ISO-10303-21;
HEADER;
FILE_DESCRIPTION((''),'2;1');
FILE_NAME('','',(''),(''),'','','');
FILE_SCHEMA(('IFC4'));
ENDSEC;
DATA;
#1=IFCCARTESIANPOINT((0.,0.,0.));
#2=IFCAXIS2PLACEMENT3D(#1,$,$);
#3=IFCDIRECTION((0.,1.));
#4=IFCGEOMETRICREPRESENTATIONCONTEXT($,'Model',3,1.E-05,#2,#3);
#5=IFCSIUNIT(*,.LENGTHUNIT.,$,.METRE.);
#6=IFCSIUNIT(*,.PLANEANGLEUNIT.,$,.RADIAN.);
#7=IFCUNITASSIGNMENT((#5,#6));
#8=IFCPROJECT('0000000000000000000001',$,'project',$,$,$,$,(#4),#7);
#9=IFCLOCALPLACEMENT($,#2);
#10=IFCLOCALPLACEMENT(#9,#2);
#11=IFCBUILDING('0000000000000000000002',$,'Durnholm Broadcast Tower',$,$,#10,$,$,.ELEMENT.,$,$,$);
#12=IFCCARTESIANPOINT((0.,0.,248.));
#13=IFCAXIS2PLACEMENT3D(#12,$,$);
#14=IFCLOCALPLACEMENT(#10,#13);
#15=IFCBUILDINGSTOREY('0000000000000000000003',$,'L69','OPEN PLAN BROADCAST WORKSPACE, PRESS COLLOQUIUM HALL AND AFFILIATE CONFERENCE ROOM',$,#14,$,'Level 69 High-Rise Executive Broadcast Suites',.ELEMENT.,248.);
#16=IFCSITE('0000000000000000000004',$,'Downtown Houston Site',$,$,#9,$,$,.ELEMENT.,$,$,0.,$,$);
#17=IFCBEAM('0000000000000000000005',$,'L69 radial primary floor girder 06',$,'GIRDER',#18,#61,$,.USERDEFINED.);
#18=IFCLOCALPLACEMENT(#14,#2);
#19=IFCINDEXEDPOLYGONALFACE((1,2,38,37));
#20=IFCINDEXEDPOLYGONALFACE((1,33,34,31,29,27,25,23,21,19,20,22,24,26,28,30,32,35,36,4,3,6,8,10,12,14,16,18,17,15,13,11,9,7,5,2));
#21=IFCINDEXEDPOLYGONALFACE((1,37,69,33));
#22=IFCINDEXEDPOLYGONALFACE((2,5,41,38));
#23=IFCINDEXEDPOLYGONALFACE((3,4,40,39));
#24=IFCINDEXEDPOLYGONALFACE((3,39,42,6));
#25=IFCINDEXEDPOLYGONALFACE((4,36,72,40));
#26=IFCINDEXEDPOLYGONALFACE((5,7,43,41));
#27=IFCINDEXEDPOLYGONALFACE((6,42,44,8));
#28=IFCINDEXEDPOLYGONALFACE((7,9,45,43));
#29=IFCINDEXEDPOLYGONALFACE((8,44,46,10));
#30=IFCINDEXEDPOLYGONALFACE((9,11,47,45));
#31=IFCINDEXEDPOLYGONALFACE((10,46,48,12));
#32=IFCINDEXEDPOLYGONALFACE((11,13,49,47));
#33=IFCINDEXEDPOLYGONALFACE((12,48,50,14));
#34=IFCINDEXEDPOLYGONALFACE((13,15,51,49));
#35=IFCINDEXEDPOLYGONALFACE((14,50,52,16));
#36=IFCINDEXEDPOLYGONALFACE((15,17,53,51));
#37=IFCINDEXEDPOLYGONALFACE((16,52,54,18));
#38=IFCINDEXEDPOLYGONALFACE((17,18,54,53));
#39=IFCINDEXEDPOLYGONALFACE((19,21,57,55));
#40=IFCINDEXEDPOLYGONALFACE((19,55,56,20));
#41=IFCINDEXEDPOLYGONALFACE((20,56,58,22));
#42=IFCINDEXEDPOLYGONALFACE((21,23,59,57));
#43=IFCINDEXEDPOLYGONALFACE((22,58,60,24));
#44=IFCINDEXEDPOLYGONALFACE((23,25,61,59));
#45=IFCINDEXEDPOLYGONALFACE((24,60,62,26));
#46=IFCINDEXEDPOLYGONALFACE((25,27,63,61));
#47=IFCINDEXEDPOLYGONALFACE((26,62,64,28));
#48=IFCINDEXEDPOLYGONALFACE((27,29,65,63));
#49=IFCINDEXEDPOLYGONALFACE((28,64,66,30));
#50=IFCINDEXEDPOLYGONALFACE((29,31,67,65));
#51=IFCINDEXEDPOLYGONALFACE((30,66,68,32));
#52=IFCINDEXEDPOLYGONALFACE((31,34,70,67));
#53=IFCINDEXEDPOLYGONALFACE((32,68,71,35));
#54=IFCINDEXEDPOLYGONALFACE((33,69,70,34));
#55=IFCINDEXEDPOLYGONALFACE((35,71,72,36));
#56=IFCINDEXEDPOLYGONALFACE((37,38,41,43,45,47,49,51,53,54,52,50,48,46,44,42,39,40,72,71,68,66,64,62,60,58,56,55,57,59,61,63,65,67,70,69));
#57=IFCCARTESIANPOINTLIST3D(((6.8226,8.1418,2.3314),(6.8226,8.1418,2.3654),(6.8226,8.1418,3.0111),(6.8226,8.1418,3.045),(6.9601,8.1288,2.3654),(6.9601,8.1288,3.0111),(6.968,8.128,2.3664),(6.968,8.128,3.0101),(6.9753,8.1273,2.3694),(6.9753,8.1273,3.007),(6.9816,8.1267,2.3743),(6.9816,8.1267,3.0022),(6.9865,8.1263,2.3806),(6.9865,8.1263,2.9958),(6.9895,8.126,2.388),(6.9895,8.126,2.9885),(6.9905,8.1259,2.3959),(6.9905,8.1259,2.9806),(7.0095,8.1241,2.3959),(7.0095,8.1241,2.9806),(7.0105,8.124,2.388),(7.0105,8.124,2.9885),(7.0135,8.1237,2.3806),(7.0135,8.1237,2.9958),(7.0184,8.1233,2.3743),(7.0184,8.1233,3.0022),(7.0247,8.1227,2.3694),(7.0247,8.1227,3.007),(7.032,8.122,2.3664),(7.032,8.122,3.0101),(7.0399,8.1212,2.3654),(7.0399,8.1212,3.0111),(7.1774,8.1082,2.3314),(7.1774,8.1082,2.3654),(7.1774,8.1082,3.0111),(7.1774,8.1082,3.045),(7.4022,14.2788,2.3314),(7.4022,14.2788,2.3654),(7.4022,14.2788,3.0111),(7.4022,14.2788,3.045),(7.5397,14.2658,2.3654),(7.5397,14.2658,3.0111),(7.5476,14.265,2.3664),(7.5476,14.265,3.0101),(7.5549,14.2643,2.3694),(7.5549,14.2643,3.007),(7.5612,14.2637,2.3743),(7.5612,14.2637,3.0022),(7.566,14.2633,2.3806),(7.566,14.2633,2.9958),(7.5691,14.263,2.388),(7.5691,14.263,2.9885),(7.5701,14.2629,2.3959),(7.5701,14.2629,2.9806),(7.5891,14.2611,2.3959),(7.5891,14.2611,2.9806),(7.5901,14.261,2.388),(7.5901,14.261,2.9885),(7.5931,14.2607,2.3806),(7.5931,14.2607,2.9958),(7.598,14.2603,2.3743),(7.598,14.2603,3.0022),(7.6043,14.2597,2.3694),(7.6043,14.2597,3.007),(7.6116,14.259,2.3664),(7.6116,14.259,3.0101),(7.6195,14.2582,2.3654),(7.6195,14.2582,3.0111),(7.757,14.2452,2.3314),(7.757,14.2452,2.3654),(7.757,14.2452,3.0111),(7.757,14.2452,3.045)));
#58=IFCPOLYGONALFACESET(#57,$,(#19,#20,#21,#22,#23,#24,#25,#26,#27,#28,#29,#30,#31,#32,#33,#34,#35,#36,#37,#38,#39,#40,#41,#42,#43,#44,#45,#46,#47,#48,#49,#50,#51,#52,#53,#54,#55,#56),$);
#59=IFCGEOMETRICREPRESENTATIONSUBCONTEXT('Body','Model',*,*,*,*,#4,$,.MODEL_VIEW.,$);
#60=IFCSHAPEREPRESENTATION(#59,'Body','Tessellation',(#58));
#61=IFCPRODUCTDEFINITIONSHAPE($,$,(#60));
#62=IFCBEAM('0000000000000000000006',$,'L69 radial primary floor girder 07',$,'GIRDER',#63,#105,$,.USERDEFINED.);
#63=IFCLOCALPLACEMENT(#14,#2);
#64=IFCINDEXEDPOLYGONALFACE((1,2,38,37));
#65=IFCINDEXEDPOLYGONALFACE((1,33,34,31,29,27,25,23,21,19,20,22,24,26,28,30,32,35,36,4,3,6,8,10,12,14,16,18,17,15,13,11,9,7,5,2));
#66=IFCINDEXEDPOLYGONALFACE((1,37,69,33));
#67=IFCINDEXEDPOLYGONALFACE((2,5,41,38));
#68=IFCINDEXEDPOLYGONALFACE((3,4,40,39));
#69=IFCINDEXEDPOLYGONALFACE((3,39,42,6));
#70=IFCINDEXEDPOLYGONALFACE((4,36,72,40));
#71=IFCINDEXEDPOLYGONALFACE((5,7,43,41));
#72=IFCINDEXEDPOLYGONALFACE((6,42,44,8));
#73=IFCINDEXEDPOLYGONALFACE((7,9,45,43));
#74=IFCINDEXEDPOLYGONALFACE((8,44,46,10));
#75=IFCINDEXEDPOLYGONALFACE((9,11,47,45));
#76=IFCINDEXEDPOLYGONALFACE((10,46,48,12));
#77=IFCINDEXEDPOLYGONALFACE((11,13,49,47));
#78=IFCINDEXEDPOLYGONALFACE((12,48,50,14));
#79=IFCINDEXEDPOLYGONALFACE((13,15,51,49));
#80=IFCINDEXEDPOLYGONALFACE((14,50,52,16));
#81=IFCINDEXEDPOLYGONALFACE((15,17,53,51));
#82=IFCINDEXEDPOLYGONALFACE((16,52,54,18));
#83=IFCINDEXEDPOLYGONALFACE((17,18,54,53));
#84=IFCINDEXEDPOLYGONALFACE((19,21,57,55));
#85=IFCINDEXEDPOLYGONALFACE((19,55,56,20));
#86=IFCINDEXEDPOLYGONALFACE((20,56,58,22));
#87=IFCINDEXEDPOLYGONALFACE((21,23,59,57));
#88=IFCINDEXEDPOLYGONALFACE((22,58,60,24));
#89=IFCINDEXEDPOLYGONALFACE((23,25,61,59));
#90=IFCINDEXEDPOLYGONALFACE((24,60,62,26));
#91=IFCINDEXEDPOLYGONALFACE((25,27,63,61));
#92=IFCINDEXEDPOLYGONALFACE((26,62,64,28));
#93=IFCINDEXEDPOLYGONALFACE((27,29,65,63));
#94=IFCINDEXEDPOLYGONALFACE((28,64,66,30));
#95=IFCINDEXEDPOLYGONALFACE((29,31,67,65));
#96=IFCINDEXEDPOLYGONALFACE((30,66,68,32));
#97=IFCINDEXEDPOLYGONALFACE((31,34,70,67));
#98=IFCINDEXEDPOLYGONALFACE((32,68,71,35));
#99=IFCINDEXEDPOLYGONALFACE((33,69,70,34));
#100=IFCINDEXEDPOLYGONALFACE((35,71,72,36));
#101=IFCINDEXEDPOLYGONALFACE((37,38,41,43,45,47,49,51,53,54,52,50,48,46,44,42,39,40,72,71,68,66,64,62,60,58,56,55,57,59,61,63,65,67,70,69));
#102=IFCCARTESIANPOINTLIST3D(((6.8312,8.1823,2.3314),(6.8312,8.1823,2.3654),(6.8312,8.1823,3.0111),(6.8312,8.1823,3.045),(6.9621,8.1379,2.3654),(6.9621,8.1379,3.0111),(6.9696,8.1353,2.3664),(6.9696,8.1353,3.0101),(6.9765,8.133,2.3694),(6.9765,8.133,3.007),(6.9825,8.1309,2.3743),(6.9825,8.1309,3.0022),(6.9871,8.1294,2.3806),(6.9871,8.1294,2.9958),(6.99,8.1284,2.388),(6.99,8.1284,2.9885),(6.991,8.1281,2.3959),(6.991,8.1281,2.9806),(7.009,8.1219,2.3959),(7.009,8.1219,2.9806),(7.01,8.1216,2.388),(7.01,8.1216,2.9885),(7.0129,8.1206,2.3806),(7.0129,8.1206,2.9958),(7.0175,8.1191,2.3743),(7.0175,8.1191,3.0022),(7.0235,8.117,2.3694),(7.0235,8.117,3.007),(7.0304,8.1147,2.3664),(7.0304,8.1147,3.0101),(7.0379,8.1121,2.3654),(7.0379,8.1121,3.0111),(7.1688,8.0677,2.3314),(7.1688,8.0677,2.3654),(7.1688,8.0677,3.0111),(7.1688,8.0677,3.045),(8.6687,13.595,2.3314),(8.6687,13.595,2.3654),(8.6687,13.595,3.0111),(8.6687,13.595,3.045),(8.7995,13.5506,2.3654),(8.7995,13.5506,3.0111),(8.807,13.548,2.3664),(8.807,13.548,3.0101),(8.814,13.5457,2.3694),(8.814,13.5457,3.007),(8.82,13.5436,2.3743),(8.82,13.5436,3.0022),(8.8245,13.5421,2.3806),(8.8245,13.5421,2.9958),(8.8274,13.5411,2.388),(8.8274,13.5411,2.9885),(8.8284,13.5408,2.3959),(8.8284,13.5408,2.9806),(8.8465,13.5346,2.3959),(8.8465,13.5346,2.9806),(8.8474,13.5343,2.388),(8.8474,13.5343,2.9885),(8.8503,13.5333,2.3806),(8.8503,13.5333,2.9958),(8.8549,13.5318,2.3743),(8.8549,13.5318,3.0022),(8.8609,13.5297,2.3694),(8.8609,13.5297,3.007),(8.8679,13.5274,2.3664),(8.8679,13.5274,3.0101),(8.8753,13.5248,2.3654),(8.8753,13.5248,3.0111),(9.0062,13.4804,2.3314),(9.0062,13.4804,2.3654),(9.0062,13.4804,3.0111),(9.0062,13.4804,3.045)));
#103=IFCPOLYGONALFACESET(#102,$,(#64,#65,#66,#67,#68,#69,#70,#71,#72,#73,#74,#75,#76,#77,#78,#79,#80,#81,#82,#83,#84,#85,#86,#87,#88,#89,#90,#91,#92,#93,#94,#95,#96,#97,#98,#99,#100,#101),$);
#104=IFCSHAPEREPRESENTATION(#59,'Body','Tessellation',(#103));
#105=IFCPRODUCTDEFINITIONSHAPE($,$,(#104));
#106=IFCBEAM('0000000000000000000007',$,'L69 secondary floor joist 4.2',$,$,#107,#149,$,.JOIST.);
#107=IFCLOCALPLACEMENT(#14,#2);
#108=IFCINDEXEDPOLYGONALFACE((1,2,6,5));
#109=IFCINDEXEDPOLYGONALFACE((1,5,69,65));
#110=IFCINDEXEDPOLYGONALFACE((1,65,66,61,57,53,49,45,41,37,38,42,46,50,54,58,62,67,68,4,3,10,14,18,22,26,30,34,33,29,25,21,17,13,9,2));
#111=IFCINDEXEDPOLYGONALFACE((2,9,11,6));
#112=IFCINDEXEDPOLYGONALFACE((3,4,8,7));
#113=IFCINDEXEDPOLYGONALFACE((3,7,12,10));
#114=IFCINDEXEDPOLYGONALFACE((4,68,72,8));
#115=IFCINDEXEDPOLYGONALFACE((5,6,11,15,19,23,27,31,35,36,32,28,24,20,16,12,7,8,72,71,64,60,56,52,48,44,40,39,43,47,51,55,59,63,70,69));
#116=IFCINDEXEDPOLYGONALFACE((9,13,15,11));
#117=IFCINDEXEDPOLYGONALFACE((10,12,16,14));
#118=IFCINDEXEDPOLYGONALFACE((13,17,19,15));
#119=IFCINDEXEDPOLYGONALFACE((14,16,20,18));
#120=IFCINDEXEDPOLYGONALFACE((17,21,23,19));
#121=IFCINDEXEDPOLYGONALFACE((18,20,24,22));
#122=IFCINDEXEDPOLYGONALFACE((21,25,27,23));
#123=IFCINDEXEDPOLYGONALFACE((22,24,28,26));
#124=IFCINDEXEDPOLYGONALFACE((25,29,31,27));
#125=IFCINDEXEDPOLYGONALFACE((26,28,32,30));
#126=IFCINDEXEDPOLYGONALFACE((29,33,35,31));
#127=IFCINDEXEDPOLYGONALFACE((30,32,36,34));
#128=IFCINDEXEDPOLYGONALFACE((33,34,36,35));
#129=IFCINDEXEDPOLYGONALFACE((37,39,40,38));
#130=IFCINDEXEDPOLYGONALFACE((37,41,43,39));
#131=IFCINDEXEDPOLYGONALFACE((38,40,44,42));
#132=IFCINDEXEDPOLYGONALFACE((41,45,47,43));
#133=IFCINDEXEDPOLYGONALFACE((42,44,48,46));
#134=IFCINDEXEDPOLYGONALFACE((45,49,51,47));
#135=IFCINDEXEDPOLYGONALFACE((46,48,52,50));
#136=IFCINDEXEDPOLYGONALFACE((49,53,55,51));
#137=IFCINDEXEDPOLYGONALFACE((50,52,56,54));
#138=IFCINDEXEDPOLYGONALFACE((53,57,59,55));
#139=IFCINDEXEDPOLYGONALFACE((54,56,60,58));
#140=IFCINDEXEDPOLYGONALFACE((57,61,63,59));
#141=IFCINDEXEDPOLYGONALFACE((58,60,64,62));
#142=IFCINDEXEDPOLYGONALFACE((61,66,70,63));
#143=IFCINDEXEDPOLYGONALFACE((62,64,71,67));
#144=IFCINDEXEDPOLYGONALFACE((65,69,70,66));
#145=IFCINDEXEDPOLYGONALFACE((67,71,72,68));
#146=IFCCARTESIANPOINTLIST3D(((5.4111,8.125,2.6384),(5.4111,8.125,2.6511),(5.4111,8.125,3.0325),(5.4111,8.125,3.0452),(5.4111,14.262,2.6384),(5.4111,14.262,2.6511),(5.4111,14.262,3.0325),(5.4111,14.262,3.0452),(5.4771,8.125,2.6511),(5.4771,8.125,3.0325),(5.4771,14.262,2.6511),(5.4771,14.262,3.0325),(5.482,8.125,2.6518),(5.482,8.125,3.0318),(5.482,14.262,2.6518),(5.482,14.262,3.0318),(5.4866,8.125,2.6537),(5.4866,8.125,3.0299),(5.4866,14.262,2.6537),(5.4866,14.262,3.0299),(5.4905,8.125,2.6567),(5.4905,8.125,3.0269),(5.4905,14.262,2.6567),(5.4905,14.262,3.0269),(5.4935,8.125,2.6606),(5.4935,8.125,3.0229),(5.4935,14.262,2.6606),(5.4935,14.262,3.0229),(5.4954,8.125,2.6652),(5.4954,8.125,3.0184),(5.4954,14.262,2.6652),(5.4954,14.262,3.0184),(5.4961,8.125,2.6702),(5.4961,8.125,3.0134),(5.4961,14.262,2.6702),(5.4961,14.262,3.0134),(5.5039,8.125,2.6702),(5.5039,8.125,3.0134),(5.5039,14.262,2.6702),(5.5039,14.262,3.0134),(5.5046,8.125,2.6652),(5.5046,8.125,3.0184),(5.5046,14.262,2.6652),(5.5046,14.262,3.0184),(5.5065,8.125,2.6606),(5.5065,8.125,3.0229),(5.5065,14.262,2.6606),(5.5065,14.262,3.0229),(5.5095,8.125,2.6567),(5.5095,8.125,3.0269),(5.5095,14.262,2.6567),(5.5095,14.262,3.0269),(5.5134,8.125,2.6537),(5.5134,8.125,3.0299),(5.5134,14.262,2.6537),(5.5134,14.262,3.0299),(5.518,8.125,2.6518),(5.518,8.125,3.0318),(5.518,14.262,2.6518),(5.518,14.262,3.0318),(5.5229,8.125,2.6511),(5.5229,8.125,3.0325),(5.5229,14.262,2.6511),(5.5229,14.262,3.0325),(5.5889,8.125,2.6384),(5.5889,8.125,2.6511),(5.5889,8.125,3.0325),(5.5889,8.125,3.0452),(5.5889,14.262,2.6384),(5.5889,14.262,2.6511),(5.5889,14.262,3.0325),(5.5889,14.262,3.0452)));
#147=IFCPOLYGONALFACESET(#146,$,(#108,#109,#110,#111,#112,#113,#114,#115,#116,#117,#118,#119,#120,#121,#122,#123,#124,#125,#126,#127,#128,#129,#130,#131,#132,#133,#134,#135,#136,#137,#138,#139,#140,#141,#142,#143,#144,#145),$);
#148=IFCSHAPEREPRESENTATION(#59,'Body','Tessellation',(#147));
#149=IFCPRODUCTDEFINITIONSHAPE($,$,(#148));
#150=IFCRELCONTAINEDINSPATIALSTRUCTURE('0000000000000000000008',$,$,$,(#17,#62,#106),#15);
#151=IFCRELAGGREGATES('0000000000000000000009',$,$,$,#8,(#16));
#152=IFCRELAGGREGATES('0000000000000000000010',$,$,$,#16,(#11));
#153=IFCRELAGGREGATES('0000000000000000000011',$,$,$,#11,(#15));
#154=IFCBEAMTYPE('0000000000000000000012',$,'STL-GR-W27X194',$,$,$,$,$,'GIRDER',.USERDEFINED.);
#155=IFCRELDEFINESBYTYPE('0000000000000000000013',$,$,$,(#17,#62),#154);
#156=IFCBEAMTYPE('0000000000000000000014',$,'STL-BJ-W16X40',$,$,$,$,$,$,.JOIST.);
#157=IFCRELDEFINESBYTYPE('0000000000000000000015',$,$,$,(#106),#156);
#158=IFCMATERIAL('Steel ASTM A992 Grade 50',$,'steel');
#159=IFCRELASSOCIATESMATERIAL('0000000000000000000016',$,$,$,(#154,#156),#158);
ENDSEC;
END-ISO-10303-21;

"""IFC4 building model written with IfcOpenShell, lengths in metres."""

from ifc_helpers import new_model, si_unit, direction, frame, origin, origin_2d, place, context, subcontext, project, spatial, i_section, extrude, source, transform, mapped, material, material_profile, profile_set, type_object, type_shapes, element, save


model = new_model("IFC4")

# Units and contexts
model_context = context("Model", 3, precision=1e-05, world=origin(), true_north=direction((0.0, 1.0)))
body_context = subcontext(model_context, "Body", "Model", "MODEL_VIEW")
ifc_project = project(units=[si_unit("LENGTHUNIT", "METRE"), si_unit("PLANEANGLEUNIT", "RADIAN")], contexts=[model_context])

# Site, building, storey
site_placement = place(None, origin())
site = spatial("IfcSite", under=ifc_project, at=site_placement, Name="Downtown Houston Site", CompositionType="ELEMENT", RefElevation=0.0)
building_placement = place(site_placement, origin())
building = spatial("IfcBuilding", under=site, at=building_placement, Name="Durnholm Broadcast Tower", CompositionType="ELEMENT")
storey_placement = place(building_placement, frame((0.0, 0.0, 248.0)))
storey = spatial("IfcBuildingStorey", under=building, at=storey_placement, Name="L69", Description="OPEN PLAN BROADCAST WORKSPACE, PRESS COLLOQUIUM HALL AND AFFILIATE CONFERENCE ROOM", LongName="Level 69 High-Rise Executive Broadcast Suites", CompositionType="ELEMENT", Elevation=248.0)

# Beams
ifc_material_1 = material(Name="Steel ASTM A992 Grade 50", Category="steel")
ifc_material_profile_1 = material_profile(ifc_material_1, i_section(OverallWidth=0.3564, OverallDepth=0.7136, WebThickness=0.019, FlangeThickness=0.0339, FilletRadius=0.0305, at=origin_2d()), Name="W27X194")
ifc_profile_set_1 = profile_set([ifc_material_profile_1], Name="Steel ASTM A992 Grade 50")
beam_type_1 = type_object("IfcBeamType", Name="STL-GR-W27X194", ElementType="GIRDER", PredefinedType="USERDEFINED", material=ifc_profile_set_1)
shared_shape_1 = source(origin(), body_context, "Body", "SweptSolid", [
    extrude(i_section(OverallWidth=0.3564, OverallDepth=0.7136, WebThickness=0.019, FlangeThickness=0.0339, FilletRadius=0.0305, at=origin_2d()), origin(), (0.0, 0.0, 1.0), 6.1643),
])
beam_1_placement = place(storey_placement, frame((7.0, 8.125, 2.6882), z_axis=(0.094024, 0.99557, 0.0), x_axis=(-0.99557, 0.094024, 0.0)))
element("IfcBeam", 1, at=beam_1_placement, inside=storey, type_object=beam_type_1, Name="L69 radial primary floor girder 06", ObjectType="GIRDER", PredefinedType="USERDEFINED", context=body_context, shape_type="MappedRepresentation", body=[
    mapped(shared_shape_1, transform((0.0, 0.0, 0.0), x_axis=(1.0, 0.0, 0.0), y_axis=(0.0, 1.0, 0.0), z_axis=(0.0, 0.0, 1.0), scale=1.0)),
])
shared_shape_2 = source(origin(), body_context, "Body", "SweptSolid", [
    extrude(i_section(OverallWidth=0.3564, OverallDepth=0.7136, WebThickness=0.019, FlangeThickness=0.0339, FilletRadius=0.0305, at=origin_2d()), origin(), (0.0, 0.0, 1.0), 5.7161),
])
type_shapes(beam_type_1, [shared_shape_1, shared_shape_2])
beam_2_placement = place(storey_placement, frame((7.0, 8.125, 2.6882), z_axis=(0.321451, 0.946926, 0.0), x_axis=(-0.946926, 0.321451, 0.0)))
element("IfcBeam", 2, at=beam_2_placement, inside=storey, type_object=beam_type_1, Name="L69 radial primary floor girder 07", ObjectType="GIRDER", PredefinedType="USERDEFINED", context=body_context, shape_type="MappedRepresentation", body=[
    mapped(shared_shape_2, transform((0.0, 0.0, 0.0), x_axis=(1.0, 0.0, 0.0), y_axis=(0.0, 1.0, 0.0), z_axis=(0.0, 0.0, 1.0), scale=1.0)),
])
ifc_material_profile_2 = material_profile(ifc_material_1, i_section(OverallWidth=0.1777, OverallDepth=0.4067, WebThickness=0.0078, FlangeThickness=0.0127, FilletRadius=0.019, at=origin_2d()), Name="W16X40")
ifc_profile_set_2 = profile_set([ifc_material_profile_2], Name="Steel ASTM A992 Grade 50")
beam_type_2 = type_object("IfcBeamType", Name="STL-BJ-W16X40", PredefinedType="JOIST", material=ifc_profile_set_2)
shared_shape_3 = source(origin(), body_context, "Body", "SweptSolid", [
    extrude(i_section(OverallWidth=0.1777, OverallDepth=0.4067, WebThickness=0.0078, FlangeThickness=0.0127, FilletRadius=0.019, at=origin_2d()), origin(), (0.0, 0.0, 1.0), 6.137),
])
type_shapes(beam_type_2, [shared_shape_3])
beam_3_placement = place(storey_placement, frame((5.5, 8.125, 2.8418), z_axis=(0.0, 1.0, 0.0), x_axis=(-1.0, 0.0, 0.0)))
element("IfcBeam", 3, at=beam_3_placement, inside=storey, type_object=beam_type_2, Name="L69 secondary floor joist 4.2", PredefinedType="JOIST", context=body_context, shape_type="MappedRepresentation", body=[
    mapped(shared_shape_3, transform((0.0, 0.0, 0.0), x_axis=(1.0, 0.0, 0.0), y_axis=(0.0, 1.0, 0.0), z_axis=(0.0, 0.0, 1.0), scale=1.0)),
])

save(model, "model.ifc")
